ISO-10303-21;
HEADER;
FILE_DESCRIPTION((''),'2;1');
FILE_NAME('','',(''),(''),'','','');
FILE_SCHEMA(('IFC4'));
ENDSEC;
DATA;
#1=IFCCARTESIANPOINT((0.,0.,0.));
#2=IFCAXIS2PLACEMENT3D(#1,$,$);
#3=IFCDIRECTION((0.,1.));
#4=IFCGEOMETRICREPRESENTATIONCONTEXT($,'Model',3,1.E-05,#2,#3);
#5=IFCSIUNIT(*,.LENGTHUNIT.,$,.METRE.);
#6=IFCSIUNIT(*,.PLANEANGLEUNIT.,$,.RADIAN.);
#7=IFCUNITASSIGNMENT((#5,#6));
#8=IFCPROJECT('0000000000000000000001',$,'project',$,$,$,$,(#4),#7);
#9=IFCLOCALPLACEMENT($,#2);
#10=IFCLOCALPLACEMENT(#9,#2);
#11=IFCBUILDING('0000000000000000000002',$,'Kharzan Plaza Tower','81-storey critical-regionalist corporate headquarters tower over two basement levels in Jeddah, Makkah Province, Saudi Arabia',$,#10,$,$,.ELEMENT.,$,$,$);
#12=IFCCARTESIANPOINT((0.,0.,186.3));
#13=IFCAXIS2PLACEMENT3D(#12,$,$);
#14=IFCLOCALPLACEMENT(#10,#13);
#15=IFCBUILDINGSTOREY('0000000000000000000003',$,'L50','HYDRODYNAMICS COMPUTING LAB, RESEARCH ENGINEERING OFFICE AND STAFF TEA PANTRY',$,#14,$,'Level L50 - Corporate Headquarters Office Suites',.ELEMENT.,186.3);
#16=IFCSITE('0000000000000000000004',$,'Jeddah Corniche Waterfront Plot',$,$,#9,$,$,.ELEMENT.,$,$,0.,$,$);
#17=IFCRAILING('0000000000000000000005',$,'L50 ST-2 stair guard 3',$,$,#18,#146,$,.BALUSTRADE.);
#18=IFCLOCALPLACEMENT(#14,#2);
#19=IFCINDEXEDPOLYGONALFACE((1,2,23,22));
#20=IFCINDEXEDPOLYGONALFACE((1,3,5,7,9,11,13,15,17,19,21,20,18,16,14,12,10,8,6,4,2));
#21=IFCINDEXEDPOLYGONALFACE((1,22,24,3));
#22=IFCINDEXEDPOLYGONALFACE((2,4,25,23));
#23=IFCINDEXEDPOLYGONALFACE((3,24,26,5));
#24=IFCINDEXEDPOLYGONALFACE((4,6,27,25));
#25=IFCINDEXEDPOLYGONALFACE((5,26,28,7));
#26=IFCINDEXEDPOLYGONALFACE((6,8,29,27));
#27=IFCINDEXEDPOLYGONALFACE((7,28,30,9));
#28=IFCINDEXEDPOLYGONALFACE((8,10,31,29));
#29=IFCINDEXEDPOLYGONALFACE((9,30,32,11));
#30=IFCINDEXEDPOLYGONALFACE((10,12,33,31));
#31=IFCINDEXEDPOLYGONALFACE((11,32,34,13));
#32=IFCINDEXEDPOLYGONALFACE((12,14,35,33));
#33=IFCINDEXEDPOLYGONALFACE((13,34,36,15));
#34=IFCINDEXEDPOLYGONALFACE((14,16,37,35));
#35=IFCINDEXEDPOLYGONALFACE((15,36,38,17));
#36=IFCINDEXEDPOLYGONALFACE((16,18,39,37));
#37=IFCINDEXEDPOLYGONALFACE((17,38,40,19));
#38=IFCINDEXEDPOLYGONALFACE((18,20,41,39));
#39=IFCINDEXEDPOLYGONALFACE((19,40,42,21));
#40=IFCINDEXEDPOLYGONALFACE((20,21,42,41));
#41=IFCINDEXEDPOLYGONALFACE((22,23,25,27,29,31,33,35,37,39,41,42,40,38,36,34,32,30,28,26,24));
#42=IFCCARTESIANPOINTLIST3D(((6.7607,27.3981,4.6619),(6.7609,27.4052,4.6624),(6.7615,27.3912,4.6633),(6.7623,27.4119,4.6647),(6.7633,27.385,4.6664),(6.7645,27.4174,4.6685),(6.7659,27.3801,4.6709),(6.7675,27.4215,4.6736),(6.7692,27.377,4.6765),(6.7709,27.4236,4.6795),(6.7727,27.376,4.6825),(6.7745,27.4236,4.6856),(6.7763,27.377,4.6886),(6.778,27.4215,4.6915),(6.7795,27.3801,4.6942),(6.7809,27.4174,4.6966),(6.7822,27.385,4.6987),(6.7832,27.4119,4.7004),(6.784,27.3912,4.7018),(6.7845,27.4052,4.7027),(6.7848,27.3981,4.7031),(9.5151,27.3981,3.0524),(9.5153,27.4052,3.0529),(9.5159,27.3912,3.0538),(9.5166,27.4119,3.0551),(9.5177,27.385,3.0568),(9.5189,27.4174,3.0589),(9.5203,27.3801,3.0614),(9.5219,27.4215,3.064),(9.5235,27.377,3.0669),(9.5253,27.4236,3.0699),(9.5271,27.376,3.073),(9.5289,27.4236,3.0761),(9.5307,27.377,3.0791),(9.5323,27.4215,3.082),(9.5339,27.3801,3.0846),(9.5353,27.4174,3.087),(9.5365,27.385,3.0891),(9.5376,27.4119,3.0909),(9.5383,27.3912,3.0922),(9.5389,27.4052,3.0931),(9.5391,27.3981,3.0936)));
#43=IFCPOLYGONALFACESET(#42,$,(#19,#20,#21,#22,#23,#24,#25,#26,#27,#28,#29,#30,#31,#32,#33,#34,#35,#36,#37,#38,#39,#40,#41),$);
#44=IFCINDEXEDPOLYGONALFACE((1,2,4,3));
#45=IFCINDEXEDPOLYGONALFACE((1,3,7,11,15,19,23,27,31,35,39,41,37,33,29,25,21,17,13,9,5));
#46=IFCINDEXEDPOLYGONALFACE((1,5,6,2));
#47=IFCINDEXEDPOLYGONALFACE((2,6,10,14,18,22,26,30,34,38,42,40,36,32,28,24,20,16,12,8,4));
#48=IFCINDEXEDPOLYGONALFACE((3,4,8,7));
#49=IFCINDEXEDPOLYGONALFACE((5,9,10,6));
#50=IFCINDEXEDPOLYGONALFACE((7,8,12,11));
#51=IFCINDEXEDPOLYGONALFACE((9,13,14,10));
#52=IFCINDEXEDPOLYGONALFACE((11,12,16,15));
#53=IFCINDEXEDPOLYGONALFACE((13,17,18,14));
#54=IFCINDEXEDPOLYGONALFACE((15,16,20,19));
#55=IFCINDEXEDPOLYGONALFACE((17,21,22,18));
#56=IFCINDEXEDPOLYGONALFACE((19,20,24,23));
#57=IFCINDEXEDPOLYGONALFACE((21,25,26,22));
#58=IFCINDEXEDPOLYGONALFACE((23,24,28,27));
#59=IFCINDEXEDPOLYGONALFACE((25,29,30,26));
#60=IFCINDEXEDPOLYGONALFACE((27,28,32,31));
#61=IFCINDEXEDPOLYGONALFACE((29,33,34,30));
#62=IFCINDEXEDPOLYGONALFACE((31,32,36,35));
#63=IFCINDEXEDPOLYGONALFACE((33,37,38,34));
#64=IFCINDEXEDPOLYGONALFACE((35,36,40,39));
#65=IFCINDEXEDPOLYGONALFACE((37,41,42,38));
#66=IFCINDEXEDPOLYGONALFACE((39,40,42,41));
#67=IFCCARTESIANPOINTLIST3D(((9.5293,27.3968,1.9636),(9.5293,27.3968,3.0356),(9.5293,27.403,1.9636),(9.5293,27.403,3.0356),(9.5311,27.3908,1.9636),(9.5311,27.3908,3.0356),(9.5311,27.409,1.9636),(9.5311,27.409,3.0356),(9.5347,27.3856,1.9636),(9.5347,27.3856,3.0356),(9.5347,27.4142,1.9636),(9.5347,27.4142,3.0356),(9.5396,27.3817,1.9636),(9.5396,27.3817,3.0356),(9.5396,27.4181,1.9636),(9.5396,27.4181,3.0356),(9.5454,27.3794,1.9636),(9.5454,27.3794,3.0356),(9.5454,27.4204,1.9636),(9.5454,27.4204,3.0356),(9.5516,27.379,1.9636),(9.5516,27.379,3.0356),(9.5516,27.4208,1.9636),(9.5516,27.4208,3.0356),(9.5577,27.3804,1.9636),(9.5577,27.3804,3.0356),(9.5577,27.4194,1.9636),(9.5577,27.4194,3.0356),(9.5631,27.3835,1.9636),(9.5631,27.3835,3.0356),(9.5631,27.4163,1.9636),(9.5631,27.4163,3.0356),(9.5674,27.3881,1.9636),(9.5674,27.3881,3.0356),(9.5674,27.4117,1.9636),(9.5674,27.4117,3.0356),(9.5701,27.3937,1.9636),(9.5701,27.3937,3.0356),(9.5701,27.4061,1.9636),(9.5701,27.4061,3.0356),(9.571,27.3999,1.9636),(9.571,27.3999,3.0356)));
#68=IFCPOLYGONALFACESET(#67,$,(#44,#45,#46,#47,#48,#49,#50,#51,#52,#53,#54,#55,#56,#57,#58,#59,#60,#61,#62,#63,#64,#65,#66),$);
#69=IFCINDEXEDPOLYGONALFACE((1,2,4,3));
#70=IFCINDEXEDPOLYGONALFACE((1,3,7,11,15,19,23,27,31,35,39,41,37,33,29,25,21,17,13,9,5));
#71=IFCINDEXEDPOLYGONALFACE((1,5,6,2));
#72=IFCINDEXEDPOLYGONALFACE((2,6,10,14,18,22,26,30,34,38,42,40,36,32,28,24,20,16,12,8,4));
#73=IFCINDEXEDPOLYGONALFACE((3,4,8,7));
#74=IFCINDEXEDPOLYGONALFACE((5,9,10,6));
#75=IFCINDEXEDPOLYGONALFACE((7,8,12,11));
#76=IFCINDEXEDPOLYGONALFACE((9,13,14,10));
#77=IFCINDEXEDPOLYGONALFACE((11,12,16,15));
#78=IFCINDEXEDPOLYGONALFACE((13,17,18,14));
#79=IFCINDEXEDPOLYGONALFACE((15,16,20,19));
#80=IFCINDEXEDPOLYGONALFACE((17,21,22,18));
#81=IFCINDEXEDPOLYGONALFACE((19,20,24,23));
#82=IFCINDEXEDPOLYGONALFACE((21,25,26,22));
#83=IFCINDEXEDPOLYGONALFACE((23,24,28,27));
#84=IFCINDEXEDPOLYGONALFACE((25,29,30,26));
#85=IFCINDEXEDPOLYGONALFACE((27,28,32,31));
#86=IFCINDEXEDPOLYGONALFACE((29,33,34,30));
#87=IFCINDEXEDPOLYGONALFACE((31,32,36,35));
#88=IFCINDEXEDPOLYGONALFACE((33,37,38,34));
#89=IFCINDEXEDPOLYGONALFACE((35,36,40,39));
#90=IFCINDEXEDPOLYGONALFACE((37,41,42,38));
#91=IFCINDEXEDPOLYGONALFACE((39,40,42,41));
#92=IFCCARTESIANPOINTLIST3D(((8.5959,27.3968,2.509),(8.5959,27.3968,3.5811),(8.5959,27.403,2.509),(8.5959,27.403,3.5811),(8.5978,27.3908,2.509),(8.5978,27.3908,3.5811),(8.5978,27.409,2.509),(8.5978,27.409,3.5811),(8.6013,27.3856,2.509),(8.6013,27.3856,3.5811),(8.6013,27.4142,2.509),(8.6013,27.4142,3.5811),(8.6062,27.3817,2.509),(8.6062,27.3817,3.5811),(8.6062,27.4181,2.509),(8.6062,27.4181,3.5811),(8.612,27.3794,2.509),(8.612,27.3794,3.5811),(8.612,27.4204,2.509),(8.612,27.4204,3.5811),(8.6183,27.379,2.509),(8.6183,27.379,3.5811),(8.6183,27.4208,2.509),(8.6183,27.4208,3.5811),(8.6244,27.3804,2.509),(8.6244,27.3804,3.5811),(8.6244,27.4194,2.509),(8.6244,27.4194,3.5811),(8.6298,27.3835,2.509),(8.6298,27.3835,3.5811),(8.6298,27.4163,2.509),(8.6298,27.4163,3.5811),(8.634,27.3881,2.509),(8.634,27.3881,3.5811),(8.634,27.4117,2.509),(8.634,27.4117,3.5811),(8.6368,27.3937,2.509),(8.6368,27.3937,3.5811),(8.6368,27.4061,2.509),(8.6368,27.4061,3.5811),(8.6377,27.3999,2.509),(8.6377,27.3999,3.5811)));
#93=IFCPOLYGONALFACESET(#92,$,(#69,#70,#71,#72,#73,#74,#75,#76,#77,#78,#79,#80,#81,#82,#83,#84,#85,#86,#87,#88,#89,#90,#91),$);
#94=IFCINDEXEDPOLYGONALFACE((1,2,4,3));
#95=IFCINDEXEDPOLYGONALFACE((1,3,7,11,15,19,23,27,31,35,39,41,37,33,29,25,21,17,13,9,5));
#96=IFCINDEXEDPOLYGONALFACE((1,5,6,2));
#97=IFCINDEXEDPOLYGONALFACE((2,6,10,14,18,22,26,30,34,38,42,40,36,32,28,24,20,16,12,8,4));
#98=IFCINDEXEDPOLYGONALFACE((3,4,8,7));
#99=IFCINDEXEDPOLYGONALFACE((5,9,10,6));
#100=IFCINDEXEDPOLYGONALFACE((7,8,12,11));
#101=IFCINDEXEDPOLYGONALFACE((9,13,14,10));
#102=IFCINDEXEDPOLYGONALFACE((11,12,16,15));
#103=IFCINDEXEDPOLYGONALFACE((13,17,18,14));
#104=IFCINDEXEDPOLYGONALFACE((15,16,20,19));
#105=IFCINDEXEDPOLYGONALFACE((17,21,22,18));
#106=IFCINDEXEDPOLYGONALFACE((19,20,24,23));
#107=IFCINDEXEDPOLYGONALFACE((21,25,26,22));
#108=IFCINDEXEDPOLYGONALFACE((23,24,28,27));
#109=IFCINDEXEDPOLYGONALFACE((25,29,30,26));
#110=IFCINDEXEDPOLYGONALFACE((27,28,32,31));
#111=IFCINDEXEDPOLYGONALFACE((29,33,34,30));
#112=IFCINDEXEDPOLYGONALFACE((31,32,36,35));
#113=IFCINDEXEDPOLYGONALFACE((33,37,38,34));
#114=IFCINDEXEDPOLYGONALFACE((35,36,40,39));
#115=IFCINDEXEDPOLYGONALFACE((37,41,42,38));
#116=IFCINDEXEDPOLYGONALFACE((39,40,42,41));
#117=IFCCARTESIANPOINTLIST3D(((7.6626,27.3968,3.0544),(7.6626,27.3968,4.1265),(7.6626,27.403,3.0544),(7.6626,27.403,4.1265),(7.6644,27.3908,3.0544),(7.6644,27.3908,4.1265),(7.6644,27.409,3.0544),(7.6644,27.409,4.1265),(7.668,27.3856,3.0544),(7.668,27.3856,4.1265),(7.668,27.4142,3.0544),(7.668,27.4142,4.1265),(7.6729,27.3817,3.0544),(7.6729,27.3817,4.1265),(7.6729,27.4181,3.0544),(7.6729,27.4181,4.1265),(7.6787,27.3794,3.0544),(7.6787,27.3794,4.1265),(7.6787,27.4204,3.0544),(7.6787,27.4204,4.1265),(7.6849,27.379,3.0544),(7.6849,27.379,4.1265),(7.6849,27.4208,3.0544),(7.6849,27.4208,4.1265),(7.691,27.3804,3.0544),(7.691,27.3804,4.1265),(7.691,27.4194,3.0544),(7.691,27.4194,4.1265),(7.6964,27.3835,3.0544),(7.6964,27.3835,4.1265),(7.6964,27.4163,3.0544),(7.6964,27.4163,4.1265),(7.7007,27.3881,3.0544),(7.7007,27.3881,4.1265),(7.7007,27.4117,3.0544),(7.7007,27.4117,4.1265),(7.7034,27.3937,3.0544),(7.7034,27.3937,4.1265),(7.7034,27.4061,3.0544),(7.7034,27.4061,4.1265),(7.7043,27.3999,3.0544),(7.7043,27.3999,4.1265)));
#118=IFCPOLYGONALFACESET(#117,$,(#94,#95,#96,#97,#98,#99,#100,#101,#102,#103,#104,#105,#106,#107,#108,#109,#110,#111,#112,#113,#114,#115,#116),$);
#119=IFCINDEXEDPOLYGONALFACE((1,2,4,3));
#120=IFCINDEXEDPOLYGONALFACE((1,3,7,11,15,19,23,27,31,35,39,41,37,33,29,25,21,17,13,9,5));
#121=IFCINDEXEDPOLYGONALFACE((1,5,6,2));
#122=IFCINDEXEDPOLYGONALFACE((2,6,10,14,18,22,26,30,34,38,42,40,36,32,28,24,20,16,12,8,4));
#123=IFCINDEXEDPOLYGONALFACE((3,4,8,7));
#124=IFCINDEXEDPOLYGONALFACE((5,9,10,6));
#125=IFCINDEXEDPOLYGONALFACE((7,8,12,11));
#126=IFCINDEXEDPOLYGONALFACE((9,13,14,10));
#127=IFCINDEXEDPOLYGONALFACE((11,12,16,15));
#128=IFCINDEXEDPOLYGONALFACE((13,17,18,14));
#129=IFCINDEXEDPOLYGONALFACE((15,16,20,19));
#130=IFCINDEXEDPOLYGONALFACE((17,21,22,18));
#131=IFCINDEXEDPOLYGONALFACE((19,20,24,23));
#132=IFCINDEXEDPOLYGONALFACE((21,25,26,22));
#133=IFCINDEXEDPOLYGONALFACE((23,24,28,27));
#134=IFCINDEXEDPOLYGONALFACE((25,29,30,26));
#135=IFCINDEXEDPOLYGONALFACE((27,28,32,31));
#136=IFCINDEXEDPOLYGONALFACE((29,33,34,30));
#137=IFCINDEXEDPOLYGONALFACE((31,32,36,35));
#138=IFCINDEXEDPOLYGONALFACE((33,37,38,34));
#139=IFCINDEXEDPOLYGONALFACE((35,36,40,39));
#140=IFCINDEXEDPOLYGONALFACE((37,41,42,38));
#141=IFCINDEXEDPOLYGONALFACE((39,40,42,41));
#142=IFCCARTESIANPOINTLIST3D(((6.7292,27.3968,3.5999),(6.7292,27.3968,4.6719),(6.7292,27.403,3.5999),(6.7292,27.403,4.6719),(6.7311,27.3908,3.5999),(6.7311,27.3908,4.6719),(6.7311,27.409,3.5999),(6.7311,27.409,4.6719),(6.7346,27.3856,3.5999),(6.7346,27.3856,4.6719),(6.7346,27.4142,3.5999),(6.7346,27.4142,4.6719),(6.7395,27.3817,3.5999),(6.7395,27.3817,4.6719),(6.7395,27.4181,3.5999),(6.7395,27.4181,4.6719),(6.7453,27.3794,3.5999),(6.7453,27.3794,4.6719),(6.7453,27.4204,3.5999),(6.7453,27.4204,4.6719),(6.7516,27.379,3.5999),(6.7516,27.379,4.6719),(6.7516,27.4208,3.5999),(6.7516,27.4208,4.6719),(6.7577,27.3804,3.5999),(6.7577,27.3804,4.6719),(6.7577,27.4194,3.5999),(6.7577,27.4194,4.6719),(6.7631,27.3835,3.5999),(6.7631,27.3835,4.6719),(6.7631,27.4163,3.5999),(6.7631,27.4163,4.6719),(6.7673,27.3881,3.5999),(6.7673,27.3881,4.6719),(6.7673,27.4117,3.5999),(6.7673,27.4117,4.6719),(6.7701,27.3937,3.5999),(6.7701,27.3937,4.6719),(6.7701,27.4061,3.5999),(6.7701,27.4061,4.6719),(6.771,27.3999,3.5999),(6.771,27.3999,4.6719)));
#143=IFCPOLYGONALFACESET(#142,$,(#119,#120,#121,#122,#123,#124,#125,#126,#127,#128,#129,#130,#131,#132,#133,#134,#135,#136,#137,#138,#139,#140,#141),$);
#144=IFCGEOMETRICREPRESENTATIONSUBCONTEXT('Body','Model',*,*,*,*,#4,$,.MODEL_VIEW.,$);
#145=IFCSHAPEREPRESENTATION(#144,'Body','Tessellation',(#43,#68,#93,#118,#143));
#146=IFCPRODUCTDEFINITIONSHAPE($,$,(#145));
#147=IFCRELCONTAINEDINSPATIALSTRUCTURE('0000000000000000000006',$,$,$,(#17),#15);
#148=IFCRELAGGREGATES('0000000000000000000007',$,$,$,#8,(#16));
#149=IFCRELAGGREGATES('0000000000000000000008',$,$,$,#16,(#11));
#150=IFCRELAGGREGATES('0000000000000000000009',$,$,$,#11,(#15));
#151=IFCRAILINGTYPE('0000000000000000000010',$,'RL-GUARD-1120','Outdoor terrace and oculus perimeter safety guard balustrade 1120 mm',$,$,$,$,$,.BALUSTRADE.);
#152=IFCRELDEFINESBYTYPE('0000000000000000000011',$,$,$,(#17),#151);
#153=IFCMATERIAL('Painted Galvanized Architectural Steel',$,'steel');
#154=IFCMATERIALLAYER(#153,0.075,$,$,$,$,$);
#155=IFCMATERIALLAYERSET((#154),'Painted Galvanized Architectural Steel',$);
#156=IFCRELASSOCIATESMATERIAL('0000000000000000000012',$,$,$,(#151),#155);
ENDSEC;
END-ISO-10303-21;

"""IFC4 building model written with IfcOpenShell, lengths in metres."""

from ifc_helpers import new_model, si_unit, direction, frame, origin, origin_2d, place, context, subcontext, project, spatial, circle, extrude, source, transform, mapped, material, layer, layer_set, type_object, element, save


model = new_model("IFC4")

# Units and contexts
model_context = context("Model", 3, precision=1e-05, world=origin(), true_north=direction((0.0, 1.0)))
body_context = subcontext(model_context, "Body", "Model", "MODEL_VIEW")
ifc_project = project(units=[si_unit("LENGTHUNIT", "METRE"), si_unit("PLANEANGLEUNIT", "RADIAN")], contexts=[model_context])

# Site, building, storey
site_placement = place(None, origin())
site = spatial("IfcSite", under=ifc_project, at=site_placement, Name="Jeddah Corniche Waterfront Plot", CompositionType="ELEMENT", RefElevation=0.0)
building_placement = place(site_placement, origin())
building = spatial("IfcBuilding", under=site, at=building_placement, Name="Kharzan Plaza Tower", Description="81-storey critical-regionalist corporate headquarters tower over two basement levels in Jeddah, Makkah Province, Saudi Arabia", CompositionType="ELEMENT")
storey_placement = place(building_placement, frame((0.0, 0.0, 186.3)))
storey = spatial("IfcBuildingStorey", under=building, at=storey_placement, Name="L50", Description="HYDRODYNAMICS COMPUTING LAB, RESEARCH ENGINEERING OFFICE AND STAFF TEA PANTRY", LongName="Level L50 - Corporate Headquarters Office Suites", CompositionType="ELEMENT", Elevation=186.3)

# Railing
ifc_material_1 = material(Name="Painted Galvanized Architectural Steel", Category="steel")
ifc_layer_1 = layer(ifc_material_1, 0.075)
ifc_layer_set_1 = layer_set([ifc_layer_1], Name="Painted Galvanized Architectural Steel")
railing_type_1 = type_object("IfcRailingType", Name="RL-GUARD-1120", Description="Outdoor terrace and oculus perimeter safety guard balustrade 1120 mm", PredefinedType="BALUSTRADE", material=ifc_layer_set_1)
shared_shape_1 = source(origin(), body_context, "Body", "SweptSolid", [
    extrude(circle(Radius=0.0239, at=origin_2d()), frame((-0.0229, 0.0, 1.1094), z_axis=(-0.863394, 0.0, 0.504531), x_axis=(0.0, -1.0, 0.0)), (0.0, 0.0, 1.0), 3.1902),
    extrude(circle(Radius=0.021, at=origin_2d()), origin(), (0.0, 0.0, 1.0), 1.072),
    extrude(circle(Radius=0.021, at=origin_2d()), frame((-0.9333, 0.0, 0.5454)), (0.0, 0.0, 1.0), 1.072),
    extrude(circle(Radius=0.021, at=origin_2d()), frame((-1.8667, 0.0, 1.0908)), (0.0, 0.0, 1.0), 1.072),
    extrude(circle(Radius=0.021, at=origin_2d()), frame((-2.8, 0.0, 1.6362)), (0.0, 0.0, 1.0), 1.072),
])
railing_1_placement = place(storey_placement, frame((9.55, 27.3999, 1.9636)))
element("IfcRailing", 1, at=railing_1_placement, inside=storey, type_object=railing_type_1, Name="L50 ST-2 stair guard 3", PredefinedType="BALUSTRADE", context=body_context, shape_type="MappedRepresentation", body=[
    mapped(shared_shape_1, transform((0.0, 0.0, 0.0), x_axis=(1.0, 0.0, 0.0), y_axis=(0.0, 1.0, 0.0), z_axis=(0.0, 0.0, 1.0))),
])

save(model, "model.ifc")
